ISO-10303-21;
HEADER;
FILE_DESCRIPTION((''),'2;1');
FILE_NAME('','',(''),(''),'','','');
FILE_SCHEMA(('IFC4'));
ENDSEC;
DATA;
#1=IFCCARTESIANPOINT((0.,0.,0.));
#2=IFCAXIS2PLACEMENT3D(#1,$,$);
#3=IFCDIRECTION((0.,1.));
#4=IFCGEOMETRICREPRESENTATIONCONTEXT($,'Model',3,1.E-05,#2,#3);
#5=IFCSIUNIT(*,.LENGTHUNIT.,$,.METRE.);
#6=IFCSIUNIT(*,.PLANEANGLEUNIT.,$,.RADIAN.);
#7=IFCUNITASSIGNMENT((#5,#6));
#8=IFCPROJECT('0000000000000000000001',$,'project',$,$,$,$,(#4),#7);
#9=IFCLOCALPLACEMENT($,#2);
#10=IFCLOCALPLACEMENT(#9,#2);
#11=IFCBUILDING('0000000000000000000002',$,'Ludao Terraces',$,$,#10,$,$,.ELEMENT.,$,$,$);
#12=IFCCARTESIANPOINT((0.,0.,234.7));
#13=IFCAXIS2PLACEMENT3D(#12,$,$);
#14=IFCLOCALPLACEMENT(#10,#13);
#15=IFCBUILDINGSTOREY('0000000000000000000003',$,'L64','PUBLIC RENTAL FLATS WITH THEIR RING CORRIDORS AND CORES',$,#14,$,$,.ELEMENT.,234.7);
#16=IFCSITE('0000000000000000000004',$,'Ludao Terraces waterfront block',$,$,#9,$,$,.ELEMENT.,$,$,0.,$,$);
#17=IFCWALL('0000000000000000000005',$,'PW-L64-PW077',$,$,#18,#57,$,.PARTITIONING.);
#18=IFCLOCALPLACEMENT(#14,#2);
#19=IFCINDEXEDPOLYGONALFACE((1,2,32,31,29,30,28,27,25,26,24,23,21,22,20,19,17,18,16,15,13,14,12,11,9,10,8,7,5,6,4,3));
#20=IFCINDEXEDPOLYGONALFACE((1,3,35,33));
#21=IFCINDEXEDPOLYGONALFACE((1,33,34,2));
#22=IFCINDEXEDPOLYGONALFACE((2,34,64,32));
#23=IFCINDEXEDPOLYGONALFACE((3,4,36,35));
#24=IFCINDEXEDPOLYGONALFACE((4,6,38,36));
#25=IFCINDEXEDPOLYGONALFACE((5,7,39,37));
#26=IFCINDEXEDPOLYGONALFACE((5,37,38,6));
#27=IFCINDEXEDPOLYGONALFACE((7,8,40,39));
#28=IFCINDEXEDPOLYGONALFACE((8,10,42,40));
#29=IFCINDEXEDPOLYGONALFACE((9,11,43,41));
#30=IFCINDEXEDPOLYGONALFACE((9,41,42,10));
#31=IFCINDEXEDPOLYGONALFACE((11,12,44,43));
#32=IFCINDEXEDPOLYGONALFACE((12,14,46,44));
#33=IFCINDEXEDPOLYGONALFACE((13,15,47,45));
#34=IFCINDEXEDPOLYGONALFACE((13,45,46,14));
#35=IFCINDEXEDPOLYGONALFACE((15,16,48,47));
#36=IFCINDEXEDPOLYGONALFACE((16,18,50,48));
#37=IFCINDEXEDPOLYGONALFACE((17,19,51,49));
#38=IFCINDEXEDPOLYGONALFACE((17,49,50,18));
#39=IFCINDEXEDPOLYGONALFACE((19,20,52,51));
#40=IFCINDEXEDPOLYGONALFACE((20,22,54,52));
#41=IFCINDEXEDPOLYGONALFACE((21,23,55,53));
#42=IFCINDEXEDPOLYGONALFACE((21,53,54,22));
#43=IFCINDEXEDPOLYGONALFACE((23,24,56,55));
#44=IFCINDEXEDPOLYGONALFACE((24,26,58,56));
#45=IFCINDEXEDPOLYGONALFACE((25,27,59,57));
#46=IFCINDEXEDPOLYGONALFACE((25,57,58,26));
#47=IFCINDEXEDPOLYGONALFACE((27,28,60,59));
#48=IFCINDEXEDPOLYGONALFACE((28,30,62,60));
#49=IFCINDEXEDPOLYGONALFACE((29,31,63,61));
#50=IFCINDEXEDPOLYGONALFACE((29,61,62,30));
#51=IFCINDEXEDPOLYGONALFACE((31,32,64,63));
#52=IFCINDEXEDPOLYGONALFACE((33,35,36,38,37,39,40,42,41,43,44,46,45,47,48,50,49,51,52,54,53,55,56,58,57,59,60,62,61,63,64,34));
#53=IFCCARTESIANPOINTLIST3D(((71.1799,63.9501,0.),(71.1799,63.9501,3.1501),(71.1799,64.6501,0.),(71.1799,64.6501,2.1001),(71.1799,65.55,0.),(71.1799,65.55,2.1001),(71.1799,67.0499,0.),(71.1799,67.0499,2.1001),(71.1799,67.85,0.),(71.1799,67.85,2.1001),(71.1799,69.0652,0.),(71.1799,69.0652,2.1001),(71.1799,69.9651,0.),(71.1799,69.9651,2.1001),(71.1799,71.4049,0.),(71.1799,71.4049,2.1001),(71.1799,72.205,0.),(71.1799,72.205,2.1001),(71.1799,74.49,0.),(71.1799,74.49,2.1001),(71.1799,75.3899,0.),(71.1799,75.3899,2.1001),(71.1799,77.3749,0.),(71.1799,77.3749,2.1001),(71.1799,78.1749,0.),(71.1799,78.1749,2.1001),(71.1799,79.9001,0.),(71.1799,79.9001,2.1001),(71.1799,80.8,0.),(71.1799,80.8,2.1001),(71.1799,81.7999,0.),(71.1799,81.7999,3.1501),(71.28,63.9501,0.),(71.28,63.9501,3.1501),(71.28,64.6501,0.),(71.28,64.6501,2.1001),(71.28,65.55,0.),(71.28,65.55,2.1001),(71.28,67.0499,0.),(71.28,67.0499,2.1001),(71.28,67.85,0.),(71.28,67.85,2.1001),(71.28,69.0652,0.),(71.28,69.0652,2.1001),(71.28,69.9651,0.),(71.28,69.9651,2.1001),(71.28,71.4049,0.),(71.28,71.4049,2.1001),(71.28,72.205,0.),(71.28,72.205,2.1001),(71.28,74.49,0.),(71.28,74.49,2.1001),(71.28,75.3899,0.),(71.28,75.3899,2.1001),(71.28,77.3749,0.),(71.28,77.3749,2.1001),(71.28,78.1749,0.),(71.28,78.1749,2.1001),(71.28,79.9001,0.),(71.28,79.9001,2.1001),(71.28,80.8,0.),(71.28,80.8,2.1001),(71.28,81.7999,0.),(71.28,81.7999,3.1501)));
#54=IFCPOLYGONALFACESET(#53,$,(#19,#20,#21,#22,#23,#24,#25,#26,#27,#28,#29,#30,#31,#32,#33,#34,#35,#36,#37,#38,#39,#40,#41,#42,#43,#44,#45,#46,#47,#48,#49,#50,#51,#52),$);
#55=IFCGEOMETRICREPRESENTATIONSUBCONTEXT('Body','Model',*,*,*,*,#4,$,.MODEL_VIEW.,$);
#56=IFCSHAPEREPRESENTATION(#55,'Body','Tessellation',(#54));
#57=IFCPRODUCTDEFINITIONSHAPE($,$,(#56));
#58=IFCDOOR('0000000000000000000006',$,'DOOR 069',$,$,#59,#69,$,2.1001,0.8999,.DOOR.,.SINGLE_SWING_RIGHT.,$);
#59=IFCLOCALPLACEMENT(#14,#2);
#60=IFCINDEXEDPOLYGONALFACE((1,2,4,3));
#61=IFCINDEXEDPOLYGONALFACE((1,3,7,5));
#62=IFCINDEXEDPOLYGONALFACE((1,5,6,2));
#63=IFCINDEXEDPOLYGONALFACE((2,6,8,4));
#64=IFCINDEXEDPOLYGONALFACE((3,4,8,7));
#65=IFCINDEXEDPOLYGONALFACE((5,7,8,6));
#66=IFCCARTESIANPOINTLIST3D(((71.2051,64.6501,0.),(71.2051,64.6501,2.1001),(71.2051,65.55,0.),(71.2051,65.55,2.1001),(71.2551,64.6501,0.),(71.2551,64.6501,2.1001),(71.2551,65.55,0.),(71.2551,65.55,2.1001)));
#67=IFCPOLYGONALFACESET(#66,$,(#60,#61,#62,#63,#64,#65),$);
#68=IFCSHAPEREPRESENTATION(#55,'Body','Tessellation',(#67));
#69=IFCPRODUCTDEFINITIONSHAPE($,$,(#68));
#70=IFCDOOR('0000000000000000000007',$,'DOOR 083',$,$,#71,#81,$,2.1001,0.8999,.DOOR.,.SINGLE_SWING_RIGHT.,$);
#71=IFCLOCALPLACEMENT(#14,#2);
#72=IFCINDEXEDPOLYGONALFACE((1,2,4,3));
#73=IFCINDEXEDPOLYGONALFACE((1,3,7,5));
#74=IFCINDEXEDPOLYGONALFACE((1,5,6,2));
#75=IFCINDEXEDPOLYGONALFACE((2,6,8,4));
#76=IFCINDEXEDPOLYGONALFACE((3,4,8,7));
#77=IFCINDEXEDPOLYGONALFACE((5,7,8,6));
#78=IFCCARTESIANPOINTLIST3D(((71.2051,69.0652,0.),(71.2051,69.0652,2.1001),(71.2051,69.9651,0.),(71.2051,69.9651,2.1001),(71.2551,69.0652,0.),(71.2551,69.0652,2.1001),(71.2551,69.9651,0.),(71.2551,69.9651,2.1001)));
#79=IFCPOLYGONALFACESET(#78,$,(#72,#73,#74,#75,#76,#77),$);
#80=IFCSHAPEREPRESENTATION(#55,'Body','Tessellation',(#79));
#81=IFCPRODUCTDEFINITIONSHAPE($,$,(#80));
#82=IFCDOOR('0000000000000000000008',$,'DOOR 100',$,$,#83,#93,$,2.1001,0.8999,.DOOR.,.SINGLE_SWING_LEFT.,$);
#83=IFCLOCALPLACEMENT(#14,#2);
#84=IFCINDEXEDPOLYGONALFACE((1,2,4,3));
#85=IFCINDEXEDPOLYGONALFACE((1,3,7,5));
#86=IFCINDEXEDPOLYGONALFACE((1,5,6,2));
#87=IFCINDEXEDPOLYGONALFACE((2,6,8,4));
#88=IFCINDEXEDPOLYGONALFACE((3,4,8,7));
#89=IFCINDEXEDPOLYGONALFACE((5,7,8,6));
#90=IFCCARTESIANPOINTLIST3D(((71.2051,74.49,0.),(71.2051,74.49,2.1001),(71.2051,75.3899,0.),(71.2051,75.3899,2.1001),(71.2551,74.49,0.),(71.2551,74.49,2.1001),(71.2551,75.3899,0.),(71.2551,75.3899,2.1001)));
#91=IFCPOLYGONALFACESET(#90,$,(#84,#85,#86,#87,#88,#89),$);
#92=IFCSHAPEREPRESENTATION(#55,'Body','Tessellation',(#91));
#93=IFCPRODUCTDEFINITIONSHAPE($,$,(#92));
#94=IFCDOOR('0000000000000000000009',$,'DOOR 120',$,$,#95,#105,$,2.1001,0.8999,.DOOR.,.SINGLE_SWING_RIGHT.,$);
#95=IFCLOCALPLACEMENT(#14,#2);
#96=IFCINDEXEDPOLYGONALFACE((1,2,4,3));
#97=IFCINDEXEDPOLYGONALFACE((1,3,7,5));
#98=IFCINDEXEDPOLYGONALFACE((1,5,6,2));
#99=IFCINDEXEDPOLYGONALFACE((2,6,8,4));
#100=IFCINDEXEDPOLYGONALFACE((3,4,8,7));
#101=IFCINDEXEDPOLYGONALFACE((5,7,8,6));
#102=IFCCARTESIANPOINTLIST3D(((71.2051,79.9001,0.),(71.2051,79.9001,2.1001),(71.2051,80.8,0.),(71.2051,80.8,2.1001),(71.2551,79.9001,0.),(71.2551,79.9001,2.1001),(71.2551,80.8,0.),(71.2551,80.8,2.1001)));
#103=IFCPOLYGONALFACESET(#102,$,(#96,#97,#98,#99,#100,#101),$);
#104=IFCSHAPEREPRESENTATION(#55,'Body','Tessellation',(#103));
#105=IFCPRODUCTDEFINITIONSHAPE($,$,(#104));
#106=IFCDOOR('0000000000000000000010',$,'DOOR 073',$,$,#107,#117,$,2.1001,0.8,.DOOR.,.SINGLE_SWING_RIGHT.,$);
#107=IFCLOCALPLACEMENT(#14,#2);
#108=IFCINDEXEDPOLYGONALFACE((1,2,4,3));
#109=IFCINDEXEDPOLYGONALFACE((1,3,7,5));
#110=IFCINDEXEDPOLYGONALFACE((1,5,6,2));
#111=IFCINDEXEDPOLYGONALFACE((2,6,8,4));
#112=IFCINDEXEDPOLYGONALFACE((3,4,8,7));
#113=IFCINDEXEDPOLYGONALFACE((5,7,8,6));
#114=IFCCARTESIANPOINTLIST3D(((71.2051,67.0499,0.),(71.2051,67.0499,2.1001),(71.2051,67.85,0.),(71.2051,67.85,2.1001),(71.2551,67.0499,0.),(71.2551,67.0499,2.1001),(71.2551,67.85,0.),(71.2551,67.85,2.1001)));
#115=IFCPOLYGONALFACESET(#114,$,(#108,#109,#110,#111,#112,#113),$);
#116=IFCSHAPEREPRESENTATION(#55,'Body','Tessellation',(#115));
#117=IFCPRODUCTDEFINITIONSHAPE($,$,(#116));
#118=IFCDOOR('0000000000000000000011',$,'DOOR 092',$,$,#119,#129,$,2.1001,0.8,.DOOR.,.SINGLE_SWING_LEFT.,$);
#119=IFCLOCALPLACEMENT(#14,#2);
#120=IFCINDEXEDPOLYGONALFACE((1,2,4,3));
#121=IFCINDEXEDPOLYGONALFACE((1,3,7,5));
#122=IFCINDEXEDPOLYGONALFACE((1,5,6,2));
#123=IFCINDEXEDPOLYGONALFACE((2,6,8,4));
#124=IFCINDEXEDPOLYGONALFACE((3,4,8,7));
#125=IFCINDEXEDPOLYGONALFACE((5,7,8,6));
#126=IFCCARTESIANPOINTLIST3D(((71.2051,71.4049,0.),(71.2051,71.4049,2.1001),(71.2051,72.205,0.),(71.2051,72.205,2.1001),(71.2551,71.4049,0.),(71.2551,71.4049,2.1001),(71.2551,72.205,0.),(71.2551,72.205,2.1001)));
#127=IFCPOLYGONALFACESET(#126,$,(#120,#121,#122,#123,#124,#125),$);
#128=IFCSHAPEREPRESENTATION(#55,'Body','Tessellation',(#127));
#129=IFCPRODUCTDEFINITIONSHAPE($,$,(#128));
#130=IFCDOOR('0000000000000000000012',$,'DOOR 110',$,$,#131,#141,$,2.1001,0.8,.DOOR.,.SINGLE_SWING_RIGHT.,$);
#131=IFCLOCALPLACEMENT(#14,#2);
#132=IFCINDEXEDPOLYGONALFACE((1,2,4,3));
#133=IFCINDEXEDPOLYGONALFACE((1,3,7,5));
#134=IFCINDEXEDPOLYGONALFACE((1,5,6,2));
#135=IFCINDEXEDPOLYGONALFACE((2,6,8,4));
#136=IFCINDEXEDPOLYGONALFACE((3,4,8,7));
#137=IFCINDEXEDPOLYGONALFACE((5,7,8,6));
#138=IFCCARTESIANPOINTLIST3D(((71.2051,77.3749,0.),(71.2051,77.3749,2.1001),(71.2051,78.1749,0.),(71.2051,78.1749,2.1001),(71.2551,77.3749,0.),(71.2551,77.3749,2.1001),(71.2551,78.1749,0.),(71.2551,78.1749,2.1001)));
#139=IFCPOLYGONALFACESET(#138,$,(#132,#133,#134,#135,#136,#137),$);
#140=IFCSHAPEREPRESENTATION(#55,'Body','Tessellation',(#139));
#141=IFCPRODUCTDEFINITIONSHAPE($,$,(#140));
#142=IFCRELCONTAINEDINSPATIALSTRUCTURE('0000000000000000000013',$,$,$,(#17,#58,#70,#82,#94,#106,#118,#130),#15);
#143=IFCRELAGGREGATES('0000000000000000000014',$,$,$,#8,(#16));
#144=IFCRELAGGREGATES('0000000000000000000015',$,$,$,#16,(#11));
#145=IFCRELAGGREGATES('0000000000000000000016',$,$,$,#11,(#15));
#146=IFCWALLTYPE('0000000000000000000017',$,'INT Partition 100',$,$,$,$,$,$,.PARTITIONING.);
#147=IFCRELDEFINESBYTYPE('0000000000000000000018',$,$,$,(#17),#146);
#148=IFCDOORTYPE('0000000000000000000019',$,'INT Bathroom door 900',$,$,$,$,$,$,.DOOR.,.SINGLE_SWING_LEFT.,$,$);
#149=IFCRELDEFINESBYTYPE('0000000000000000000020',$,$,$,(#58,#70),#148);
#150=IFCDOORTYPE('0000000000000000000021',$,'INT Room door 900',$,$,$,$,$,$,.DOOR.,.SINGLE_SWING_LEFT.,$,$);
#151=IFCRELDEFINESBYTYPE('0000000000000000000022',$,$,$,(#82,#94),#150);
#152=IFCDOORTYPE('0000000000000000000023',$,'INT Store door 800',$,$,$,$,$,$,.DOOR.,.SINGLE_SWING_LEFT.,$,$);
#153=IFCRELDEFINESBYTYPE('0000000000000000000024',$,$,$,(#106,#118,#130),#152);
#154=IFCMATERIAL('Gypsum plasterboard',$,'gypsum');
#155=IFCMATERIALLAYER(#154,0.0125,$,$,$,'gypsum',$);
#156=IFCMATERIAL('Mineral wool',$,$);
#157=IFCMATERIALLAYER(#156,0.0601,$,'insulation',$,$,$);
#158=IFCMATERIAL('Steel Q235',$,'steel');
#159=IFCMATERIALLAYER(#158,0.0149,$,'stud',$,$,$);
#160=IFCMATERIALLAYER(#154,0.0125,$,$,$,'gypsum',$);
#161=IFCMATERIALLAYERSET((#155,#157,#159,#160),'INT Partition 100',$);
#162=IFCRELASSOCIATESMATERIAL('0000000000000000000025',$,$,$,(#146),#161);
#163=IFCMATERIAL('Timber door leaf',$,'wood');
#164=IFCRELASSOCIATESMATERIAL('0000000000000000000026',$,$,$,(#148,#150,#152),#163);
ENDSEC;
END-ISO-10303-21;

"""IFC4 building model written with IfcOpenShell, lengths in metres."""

from ifc_helpers import new_model, si_unit, direction, frame, frame_2d, origin, place, context, subcontext, project, spatial, rectangle, extrude, material, layer, layer_set, type_object, element, fill, save


model = new_model("IFC4")

# Units and contexts
model_context = context("Model", 3, precision=1e-05, world=origin(), true_north=direction((0.0, 1.0)))
body_context = subcontext(model_context, "Body", "Model", "MODEL_VIEW")
ifc_project = project(units=[si_unit("LENGTHUNIT", "METRE"), si_unit("PLANEANGLEUNIT", "RADIAN")], contexts=[model_context])

# Site, building, storey
site_placement = place(None, origin())
site = spatial("IfcSite", under=ifc_project, at=site_placement, Name="Ludao Terraces waterfront block", CompositionType="ELEMENT", RefElevation=0.0)
building_placement = place(site_placement, origin())
building = spatial("IfcBuilding", under=site, at=building_placement, Name="Ludao Terraces", CompositionType="ELEMENT")
storey_placement = place(building_placement, frame((0.0, 0.0, 234.7)))
storey = spatial("IfcBuildingStorey", under=building, at=storey_placement, Name="L64", Description="PUBLIC RENTAL FLATS WITH THEIR RING CORRIDORS AND CORES", CompositionType="ELEMENT", Elevation=234.7)

# Shared definitions
ifc_material_1 = material(Name="Gypsum plasterboard", Category="gypsum")
ifc_layer_1 = layer(ifc_material_1, 0.0125, Category="gypsum")
ifc_material_2 = material(Name="Mineral wool")
ifc_layer_2 = layer(ifc_material_2, 0.0601, Name="insulation")
ifc_material_3 = material(Name="Steel Q235", Category="steel")
ifc_layer_3 = layer(ifc_material_3, 0.0149, Name="stud")
ifc_layer_4 = layer(ifc_material_1, 0.0125, Category="gypsum")
ifc_layer_set_1 = layer_set([ifc_layer_1, ifc_layer_2, ifc_layer_3, ifc_layer_4], Name="INT Partition 100")
wall_type_1 = type_object("IfcWallType", Name="INT Partition 100", PredefinedType="PARTITIONING", material=ifc_layer_set_1)

# Wall, openings, doors
wall_1_placement = place(storey_placement, frame((71.23, 63.9502, 0.0), z_axis=(0.0, 0.0, 1.0), x_axis=(0.0, 1.0, 0.0)))
wall_1 = element("IfcWall", 1, at=wall_1_placement, inside=storey, type_object=wall_type_1, Name="PW-L64-PW077", PredefinedType="PARTITIONING", context=body_context, shape_type="SweptSolid", body=[
    extrude(rectangle(XDim=17.8499, YDim=0.1001, at=frame_2d((8.9248, 0.0))), origin(), (0.0, 0.0, 1.0), 3.1501),
])
opening_1_placement = place(wall_1_placement, frame((0.7, 0.0, 0.0)))
opening_1 = element("IfcOpeningElement", 2, at=opening_1_placement, cuts=wall_1, PredefinedType="OPENING", context=body_context, shape_type="SweptSolid", body=[
    extrude(rectangle(XDim=0.8999, YDim=2.1001, at=frame_2d((0.45, 1.05))), frame((0.0, 0.0601, 0.0), z_axis=(0.0, -1.0, 0.0), x_axis=(1.0, 0.0, 0.0)), (0.0, 0.0, 1.0), 0.1201),
])
opening_2_placement = place(wall_1_placement, frame((3.0999, 0.0, 0.0)))
opening_2 = element("IfcOpeningElement", 3, at=opening_2_placement, cuts=wall_1, PredefinedType="OPENING", context=body_context, shape_type="SweptSolid", body=[
    extrude(rectangle(XDim=0.8, YDim=2.1001, at=frame_2d((0.3999, 1.05))), frame((0.0, 0.0601, 0.0), z_axis=(0.0, -1.0, 0.0), x_axis=(1.0, 0.0, 0.0)), (0.0, 0.0, 1.0), 0.1201),
])
opening_3_placement = place(wall_1_placement, frame((5.115, 0.0, 0.0)))
opening_3 = element("IfcOpeningElement", 4, at=opening_3_placement, cuts=wall_1, PredefinedType="OPENING", context=body_context, shape_type="SweptSolid", body=[
    extrude(rectangle(XDim=0.8999, YDim=2.1001, at=frame_2d((0.45, 1.05))), frame((0.0, 0.0601, 0.0), z_axis=(0.0, -1.0, 0.0), x_axis=(1.0, 0.0, 0.0)), (0.0, 0.0, 1.0), 0.1201),
])
opening_4_placement = place(wall_1_placement, frame((7.4548, 0.0, 0.0)))
opening_4 = element("IfcOpeningElement", 5, at=opening_4_placement, cuts=wall_1, PredefinedType="OPENING", context=body_context, shape_type="SweptSolid", body=[
    extrude(rectangle(XDim=0.8, YDim=2.1001, at=frame_2d((0.3999, 1.05))), frame((0.0, 0.0601, 0.0), z_axis=(0.0, -1.0, 0.0), x_axis=(1.0, 0.0, 0.0)), (0.0, 0.0, 1.0), 0.1201),
])
opening_5_placement = place(wall_1_placement, frame((10.5398, 0.0, 0.0)))
opening_5 = element("IfcOpeningElement", 6, at=opening_5_placement, cuts=wall_1, PredefinedType="OPENING", context=body_context, shape_type="SweptSolid", body=[
    extrude(rectangle(XDim=0.8999, YDim=2.1001, at=frame_2d((0.45, 1.05))), frame((0.0, 0.0601, 0.0), z_axis=(0.0, -1.0, 0.0), x_axis=(1.0, 0.0, 0.0)), (0.0, 0.0, 1.0), 0.1201),
])
opening_6_placement = place(wall_1_placement, frame((13.4248, 0.0, 0.0)))
opening_6 = element("IfcOpeningElement", 7, at=opening_6_placement, cuts=wall_1, PredefinedType="OPENING", context=body_context, shape_type="SweptSolid", body=[
    extrude(rectangle(XDim=0.8, YDim=2.1001, at=frame_2d((0.3999, 1.05))), frame((0.0, 0.0601, 0.0), z_axis=(0.0, -1.0, 0.0), x_axis=(1.0, 0.0, 0.0)), (0.0, 0.0, 1.0), 0.1201),
])
opening_7_placement = place(wall_1_placement, frame((15.95, 0.0, 0.0)))
opening_7 = element("IfcOpeningElement", 8, at=opening_7_placement, cuts=wall_1, PredefinedType="OPENING", context=body_context, shape_type="SweptSolid", body=[
    extrude(rectangle(XDim=0.8999, YDim=2.1001, at=frame_2d((0.45, 1.05))), frame((0.0, 0.0601, 0.0), z_axis=(0.0, -1.0, 0.0), x_axis=(1.0, 0.0, 0.0)), (0.0, 0.0, 1.0), 0.1201),
])
ifc_material_4 = material(Name="Timber door leaf", Category="wood")
door_type_1 = type_object("IfcDoorType", Name="INT Bathroom door 900", OperationType="SINGLE_SWING_LEFT", PredefinedType="DOOR", material=ifc_material_4)
door_1_placement = place(opening_1_placement, origin())
door_1 = element("IfcDoor", 9, at=door_1_placement, inside=storey, type_object=door_type_1, Name="DOOR 069", OperationType="SINGLE_SWING_RIGHT", OverallHeight=2.1001, OverallWidth=0.8999, PredefinedType="DOOR", context=body_context, shape_type="SweptSolid", body=[
    extrude(rectangle(XDim=0.8999, YDim=2.1001, at=frame_2d((0.45, 1.05))), frame((0.0, 0.0249, 0.0), z_axis=(0.0, -1.0, 0.0), x_axis=(1.0, 0.0, 0.0)), (0.0, 0.0, 1.0), 0.05),
])
fill(opening_1, door_1)
door_2_placement = place(opening_3_placement, origin())
door_2 = element("IfcDoor", 10, at=door_2_placement, inside=storey, type_object=door_type_1, Name="DOOR 083", OperationType="SINGLE_SWING_RIGHT", OverallHeight=2.1001, OverallWidth=0.8999, PredefinedType="DOOR", context=body_context, shape_type="SweptSolid", body=[
    extrude(rectangle(XDim=0.8999, YDim=2.1001, at=frame_2d((0.45, 1.05))), frame((0.0, 0.0249, 0.0), z_axis=(0.0, -1.0, 0.0), x_axis=(1.0, 0.0, 0.0)), (0.0, 0.0, 1.0), 0.05),
])
fill(opening_3, door_2)
door_type_2 = type_object("IfcDoorType", Name="INT Room door 900", OperationType="SINGLE_SWING_LEFT", PredefinedType="DOOR", material=ifc_material_4)
door_3_placement = place(opening_5_placement, origin())
door_3 = element("IfcDoor", 11, at=door_3_placement, inside=storey, type_object=door_type_2, Name="DOOR 100", OperationType="SINGLE_SWING_LEFT", OverallHeight=2.1001, OverallWidth=0.8999, PredefinedType="DOOR", context=body_context, shape_type="SweptSolid", body=[
    extrude(rectangle(XDim=0.8999, YDim=2.1001, at=frame_2d((0.45, 1.05))), frame((0.0, 0.0249, 0.0), z_axis=(0.0, -1.0, 0.0), x_axis=(1.0, 0.0, 0.0)), (0.0, 0.0, 1.0), 0.05),
])
fill(opening_5, door_3)
door_4_placement = place(opening_7_placement, origin())
door_4 = element("IfcDoor", 12, at=door_4_placement, inside=storey, type_object=door_type_2, Name="DOOR 120", OperationType="SINGLE_SWING_RIGHT", OverallHeight=2.1001, OverallWidth=0.8999, PredefinedType="DOOR", context=body_context, shape_type="SweptSolid", body=[
    extrude(rectangle(XDim=0.8999, YDim=2.1001, at=frame_2d((0.45, 1.05))), frame((0.0, 0.0249, 0.0), z_axis=(0.0, -1.0, 0.0), x_axis=(1.0, 0.0, 0.0)), (0.0, 0.0, 1.0), 0.05),
])
fill(opening_7, door_4)
door_type_3 = type_object("IfcDoorType", Name="INT Store door 800", OperationType="SINGLE_SWING_LEFT", PredefinedType="DOOR", material=ifc_material_4)
door_5_placement = place(opening_2_placement, origin())
door_5 = element("IfcDoor", 13, at=door_5_placement, inside=storey, type_object=door_type_3, Name="DOOR 073", OperationType="SINGLE_SWING_RIGHT", OverallHeight=2.1001, OverallWidth=0.8, PredefinedType="DOOR", context=body_context, shape_type="SweptSolid", body=[
    extrude(rectangle(XDim=0.8, YDim=2.1001, at=frame_2d((0.3999, 1.05))), frame((0.0, 0.0249, 0.0), z_axis=(0.0, -1.0, 0.0), x_axis=(1.0, 0.0, 0.0)), (0.0, 0.0, 1.0), 0.05),
])
fill(opening_2, door_5)
door_6_placement = place(opening_4_placement, origin())
door_6 = element("IfcDoor", 14, at=door_6_placement, inside=storey, type_object=door_type_3, Name="DOOR 092", OperationType="SINGLE_SWING_LEFT", OverallHeight=2.1001, OverallWidth=0.8, PredefinedType="DOOR", context=body_context, shape_type="SweptSolid", body=[
    extrude(rectangle(XDim=0.8, YDim=2.1001, at=frame_2d((0.3999, 1.05))), frame((0.0, 0.0249, 0.0), z_axis=(0.0, -1.0, 0.0), x_axis=(1.0, 0.0, 0.0)), (0.0, 0.0, 1.0), 0.05),
])
fill(opening_4, door_6)
door_7_placement = place(opening_6_placement, origin())
door_7 = element("IfcDoor", 15, at=door_7_placement, inside=storey, type_object=door_type_3, Name="DOOR 110", OperationType="SINGLE_SWING_RIGHT", OverallHeight=2.1001, OverallWidth=0.8, PredefinedType="DOOR", context=body_context, shape_type="SweptSolid", body=[
    extrude(rectangle(XDim=0.8, YDim=2.1001, at=frame_2d((0.3999, 1.05))), frame((0.0, 0.0249, 0.0), z_axis=(0.0, -1.0, 0.0), x_axis=(1.0, 0.0, 0.0)), (0.0, 0.0, 1.0), 0.05),
])
fill(opening_6, door_7)

save(model, "model.ifc")
